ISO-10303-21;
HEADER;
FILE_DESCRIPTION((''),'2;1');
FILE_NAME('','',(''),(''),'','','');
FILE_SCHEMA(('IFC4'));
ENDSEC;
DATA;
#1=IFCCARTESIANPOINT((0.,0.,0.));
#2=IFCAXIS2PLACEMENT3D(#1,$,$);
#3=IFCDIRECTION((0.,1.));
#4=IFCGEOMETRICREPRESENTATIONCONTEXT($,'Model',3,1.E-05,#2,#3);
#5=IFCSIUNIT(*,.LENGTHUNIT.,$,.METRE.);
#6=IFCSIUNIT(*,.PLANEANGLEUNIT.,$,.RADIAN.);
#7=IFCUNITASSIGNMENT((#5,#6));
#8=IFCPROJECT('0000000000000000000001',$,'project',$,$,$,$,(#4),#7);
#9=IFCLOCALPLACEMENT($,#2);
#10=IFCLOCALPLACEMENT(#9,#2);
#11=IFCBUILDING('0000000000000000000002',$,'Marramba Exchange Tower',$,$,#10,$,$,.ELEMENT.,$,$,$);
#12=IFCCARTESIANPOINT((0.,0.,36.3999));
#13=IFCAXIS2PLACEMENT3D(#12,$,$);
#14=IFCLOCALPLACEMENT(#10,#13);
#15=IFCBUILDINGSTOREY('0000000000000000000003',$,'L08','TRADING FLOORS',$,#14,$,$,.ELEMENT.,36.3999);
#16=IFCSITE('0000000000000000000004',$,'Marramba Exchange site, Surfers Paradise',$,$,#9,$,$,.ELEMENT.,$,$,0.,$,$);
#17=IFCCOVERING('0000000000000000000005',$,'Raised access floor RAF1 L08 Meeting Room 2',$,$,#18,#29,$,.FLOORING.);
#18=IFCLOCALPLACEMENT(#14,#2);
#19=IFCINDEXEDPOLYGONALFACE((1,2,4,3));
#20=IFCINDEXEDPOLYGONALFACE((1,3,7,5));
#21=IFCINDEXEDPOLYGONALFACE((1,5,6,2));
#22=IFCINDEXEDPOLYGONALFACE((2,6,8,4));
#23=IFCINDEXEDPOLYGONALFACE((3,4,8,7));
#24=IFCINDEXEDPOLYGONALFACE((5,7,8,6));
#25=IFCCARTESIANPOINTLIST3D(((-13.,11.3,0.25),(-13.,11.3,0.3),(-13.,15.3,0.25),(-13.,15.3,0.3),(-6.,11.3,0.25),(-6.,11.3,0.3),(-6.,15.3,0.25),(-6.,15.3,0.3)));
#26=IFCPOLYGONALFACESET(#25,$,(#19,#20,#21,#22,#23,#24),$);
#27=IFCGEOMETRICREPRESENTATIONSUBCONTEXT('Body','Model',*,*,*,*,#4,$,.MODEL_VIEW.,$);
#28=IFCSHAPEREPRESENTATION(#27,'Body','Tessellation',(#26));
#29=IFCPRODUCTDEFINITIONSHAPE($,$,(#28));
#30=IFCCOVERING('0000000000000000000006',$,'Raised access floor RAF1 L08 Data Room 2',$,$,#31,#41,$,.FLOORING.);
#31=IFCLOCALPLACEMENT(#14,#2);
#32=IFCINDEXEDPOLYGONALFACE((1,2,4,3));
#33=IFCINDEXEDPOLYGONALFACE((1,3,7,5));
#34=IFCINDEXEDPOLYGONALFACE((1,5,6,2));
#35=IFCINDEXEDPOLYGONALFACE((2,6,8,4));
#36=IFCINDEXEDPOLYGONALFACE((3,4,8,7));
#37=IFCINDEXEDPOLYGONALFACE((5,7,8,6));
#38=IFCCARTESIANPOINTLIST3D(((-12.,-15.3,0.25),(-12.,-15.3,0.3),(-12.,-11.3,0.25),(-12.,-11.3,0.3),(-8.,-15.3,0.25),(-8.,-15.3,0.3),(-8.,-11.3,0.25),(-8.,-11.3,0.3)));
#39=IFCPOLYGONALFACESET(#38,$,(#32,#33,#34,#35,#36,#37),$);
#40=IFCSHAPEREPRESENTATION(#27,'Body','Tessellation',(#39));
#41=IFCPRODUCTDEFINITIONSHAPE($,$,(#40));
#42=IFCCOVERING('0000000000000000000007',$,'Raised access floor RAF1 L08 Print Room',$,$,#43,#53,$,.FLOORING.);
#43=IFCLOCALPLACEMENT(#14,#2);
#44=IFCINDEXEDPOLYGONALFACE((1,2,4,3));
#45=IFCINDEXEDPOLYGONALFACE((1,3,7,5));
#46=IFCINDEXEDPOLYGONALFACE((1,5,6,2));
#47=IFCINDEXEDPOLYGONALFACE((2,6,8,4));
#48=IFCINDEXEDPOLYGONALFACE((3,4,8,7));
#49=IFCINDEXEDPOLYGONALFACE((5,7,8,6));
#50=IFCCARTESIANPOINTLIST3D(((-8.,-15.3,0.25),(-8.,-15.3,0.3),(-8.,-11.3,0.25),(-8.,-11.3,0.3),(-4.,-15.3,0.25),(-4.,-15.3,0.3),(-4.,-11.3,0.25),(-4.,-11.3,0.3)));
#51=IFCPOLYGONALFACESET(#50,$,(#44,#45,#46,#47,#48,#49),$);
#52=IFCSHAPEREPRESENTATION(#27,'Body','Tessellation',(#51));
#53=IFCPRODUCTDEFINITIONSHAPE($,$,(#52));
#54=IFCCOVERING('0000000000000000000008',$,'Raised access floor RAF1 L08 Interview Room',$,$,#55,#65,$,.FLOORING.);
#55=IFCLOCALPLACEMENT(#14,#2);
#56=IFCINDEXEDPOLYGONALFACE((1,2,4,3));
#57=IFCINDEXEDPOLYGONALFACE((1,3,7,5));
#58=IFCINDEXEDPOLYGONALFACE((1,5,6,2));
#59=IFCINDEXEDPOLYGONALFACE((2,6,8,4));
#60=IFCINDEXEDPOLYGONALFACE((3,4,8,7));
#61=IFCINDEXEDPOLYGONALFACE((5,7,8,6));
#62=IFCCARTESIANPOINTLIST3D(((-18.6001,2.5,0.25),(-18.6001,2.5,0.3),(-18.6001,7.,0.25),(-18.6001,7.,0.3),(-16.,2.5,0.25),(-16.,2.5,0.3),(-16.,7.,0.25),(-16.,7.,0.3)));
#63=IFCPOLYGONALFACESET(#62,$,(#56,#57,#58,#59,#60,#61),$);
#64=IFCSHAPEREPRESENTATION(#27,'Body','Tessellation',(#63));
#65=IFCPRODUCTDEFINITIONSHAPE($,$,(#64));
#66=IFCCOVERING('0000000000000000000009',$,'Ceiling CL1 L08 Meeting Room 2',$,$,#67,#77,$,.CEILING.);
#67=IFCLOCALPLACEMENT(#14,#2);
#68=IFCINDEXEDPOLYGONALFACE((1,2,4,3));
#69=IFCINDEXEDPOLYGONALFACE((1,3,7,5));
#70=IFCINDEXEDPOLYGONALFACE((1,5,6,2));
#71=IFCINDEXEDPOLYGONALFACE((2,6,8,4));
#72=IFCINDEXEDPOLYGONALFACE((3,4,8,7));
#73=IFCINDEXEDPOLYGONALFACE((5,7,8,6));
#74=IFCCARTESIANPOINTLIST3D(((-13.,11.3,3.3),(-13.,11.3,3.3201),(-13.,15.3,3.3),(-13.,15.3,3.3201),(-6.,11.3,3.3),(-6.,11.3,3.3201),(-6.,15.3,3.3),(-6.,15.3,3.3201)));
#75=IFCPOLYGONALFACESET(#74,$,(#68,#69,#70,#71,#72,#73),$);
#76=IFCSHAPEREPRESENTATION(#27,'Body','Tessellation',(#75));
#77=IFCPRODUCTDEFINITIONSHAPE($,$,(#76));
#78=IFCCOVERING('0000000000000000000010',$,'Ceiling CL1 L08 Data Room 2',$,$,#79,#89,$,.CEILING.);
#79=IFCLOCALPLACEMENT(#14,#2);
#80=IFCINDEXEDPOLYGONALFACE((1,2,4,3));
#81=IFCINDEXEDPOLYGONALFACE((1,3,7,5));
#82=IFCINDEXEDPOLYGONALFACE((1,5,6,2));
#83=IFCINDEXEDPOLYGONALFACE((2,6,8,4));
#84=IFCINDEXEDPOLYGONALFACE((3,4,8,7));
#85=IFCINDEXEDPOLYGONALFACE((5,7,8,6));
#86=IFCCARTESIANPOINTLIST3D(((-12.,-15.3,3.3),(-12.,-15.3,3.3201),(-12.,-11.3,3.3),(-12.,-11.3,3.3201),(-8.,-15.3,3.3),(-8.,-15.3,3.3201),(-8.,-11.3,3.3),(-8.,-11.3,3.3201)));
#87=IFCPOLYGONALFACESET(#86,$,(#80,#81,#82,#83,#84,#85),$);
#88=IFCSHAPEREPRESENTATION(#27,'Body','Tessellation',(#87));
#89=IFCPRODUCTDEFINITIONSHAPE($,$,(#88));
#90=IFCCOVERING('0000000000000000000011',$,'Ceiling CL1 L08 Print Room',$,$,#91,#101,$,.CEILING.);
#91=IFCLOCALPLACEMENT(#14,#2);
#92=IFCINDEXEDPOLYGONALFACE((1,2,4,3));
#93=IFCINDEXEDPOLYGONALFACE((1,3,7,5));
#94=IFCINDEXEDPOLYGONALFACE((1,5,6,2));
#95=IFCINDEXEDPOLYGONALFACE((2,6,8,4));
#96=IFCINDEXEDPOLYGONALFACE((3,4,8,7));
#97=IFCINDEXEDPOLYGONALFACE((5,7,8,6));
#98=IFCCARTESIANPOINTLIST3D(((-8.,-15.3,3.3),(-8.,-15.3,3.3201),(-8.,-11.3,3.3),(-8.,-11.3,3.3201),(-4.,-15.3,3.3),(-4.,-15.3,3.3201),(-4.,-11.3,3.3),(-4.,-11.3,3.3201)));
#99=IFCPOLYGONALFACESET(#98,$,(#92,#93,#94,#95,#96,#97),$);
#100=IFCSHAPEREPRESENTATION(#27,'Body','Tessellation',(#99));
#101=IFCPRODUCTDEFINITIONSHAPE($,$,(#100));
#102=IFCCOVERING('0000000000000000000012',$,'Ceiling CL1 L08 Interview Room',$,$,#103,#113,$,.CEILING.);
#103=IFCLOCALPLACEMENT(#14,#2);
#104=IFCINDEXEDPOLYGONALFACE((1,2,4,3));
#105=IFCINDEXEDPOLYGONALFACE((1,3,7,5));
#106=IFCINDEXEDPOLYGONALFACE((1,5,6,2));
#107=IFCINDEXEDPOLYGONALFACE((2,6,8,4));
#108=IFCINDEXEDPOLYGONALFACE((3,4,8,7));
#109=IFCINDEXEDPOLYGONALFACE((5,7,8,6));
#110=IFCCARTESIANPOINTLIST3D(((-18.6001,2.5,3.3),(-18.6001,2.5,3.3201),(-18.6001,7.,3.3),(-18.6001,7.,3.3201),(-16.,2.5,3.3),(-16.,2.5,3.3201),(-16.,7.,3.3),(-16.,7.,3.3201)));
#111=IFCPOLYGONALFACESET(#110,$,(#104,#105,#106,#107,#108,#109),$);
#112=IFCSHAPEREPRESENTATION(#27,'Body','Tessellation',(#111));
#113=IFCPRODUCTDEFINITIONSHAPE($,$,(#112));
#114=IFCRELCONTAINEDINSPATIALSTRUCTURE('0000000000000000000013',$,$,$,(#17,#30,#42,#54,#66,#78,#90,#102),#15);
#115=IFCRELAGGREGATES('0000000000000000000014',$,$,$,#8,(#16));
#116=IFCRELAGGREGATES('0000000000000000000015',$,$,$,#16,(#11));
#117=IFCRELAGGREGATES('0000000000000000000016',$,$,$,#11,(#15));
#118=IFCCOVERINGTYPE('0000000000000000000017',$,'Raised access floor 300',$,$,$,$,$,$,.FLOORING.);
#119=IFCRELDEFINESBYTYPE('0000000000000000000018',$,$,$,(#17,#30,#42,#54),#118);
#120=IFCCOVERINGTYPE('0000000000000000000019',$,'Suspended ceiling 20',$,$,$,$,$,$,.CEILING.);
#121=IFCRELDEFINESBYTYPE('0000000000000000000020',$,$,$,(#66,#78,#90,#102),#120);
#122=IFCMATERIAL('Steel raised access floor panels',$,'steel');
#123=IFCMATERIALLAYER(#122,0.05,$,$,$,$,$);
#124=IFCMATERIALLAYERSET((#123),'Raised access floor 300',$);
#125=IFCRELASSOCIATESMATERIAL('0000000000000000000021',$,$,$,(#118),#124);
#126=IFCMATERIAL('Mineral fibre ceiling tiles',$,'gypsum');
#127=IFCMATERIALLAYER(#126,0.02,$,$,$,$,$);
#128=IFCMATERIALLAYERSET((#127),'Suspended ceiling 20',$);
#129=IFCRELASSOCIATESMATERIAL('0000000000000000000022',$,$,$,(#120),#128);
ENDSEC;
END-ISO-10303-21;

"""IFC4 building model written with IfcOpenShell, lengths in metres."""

from ifc_helpers import new_model, si_unit, direction, frame, origin, place, context, subcontext, project, spatial, polyline, outline, extrude, material, layer, layer_set, type_object, element, save


model = new_model("IFC4")

# Units and contexts
model_context = context("Model", 3, precision=1e-05, world=origin(), true_north=direction((0.0, 1.0)))
body_context = subcontext(model_context, "Body", "Model", "MODEL_VIEW")
ifc_project = project(units=[si_unit("LENGTHUNIT", "METRE"), si_unit("PLANEANGLEUNIT", "RADIAN")], contexts=[model_context])

# Site, building, storey
site_placement = place(None, origin())
site = spatial("IfcSite", under=ifc_project, at=site_placement, Name="Marramba Exchange site, Surfers Paradise", CompositionType="ELEMENT", RefElevation=0.0)
building_placement = place(site_placement, origin())
building = spatial("IfcBuilding", under=site, at=building_placement, Name="Marramba Exchange Tower", CompositionType="ELEMENT")
storey_placement = place(building_placement, frame((0.0, 0.0, 36.3999)))
storey = spatial("IfcBuildingStorey", under=building, at=storey_placement, Name="L08", Description="TRADING FLOORS", CompositionType="ELEMENT", Elevation=36.3999)

# Coverings
ifc_material_1 = material(Name="Steel raised access floor panels", Category="steel")
ifc_layer_1 = layer(ifc_material_1, 0.05)
ifc_layer_set_1 = layer_set([ifc_layer_1], Name="Raised access floor 300")
covering_type_1 = type_object("IfcCoveringType", Name="Raised access floor 300", PredefinedType="FLOORING", material=ifc_layer_set_1)
covering_1_placement = place(storey_placement, frame((0.0, 0.0, 0.25)))
element("IfcCovering", 1, at=covering_1_placement, inside=storey, type_object=covering_type_1, Name="Raised access floor RAF1 L08 Meeting Room 2", PredefinedType="FLOORING", context=body_context, shape_type="SweptSolid", body=[
    extrude(outline(polyline([(-6.0, 11.3), (-13.0, 11.3), (-13.0, 15.3), (-6.0, 15.3), (-6.0, 11.3)])), origin(), (0.0, 0.0, 1.0), 0.05),
])
covering_2_placement = place(storey_placement, frame((0.0, 0.0, 0.25)))
element("IfcCovering", 2, at=covering_2_placement, inside=storey, type_object=covering_type_1, Name="Raised access floor RAF1 L08 Data Room 2", PredefinedType="FLOORING", context=body_context, shape_type="SweptSolid", body=[
    extrude(outline(polyline([(-8.0, -15.3), (-12.0, -15.3), (-12.0, -11.3), (-8.0, -11.3), (-8.0, -15.3)])), origin(), (0.0, 0.0, 1.0), 0.05),
])
covering_3_placement = place(storey_placement, frame((0.0, 0.0, 0.25)))
element("IfcCovering", 3, at=covering_3_placement, inside=storey, type_object=covering_type_1, Name="Raised access floor RAF1 L08 Print Room", PredefinedType="FLOORING", context=body_context, shape_type="SweptSolid", body=[
    extrude(outline(polyline([(-4.0, -15.3), (-8.0, -15.3), (-8.0, -11.3), (-4.0, -11.3), (-4.0, -15.3)])), origin(), (0.0, 0.0, 1.0), 0.05),
])
covering_4_placement = place(storey_placement, frame((0.0, 0.0, 0.25)))
element("IfcCovering", 4, at=covering_4_placement, inside=storey, type_object=covering_type_1, Name="Raised access floor RAF1 L08 Interview Room", PredefinedType="FLOORING", context=body_context, shape_type="SweptSolid", body=[
    extrude(outline(polyline([(-16.0, 2.5), (-18.6001, 2.5), (-18.6001, 7.0), (-16.0, 7.0), (-16.0, 2.5)])), origin(), (0.0, 0.0, 1.0), 0.05),
])
ifc_material_2 = material(Name="Mineral fibre ceiling tiles", Category="gypsum")
ifc_layer_2 = layer(ifc_material_2, 0.02)
ifc_layer_set_2 = layer_set([ifc_layer_2], Name="Suspended ceiling 20")
covering_type_2 = type_object("IfcCoveringType", Name="Suspended ceiling 20", PredefinedType="CEILING", material=ifc_layer_set_2)
covering_5_placement = place(storey_placement, frame((0.0, 0.0, 3.3)))
element("IfcCovering", 5, at=covering_5_placement, inside=storey, type_object=covering_type_2, Name="Ceiling CL1 L08 Meeting Room 2", PredefinedType="CEILING", context=body_context, shape_type="SweptSolid", body=[
    extrude(outline(polyline([(-6.0, 11.3), (-13.0, 11.3), (-13.0, 15.3), (-6.0, 15.3), (-6.0, 11.3)])), origin(), (0.0, 0.0, 1.0), 0.02),
])
covering_6_placement = place(storey_placement, frame((0.0, 0.0, 3.3)))
element("IfcCovering", 6, at=covering_6_placement, inside=storey, type_object=covering_type_2, Name="Ceiling CL1 L08 Data Room 2", PredefinedType="CEILING", context=body_context, shape_type="SweptSolid", body=[
    extrude(outline(polyline([(-8.0, -15.3), (-12.0, -15.3), (-12.0, -11.3), (-8.0, -11.3), (-8.0, -15.3)])), origin(), (0.0, 0.0, 1.0), 0.02),
])
covering_7_placement = place(storey_placement, frame((0.0, 0.0, 3.3)))
element("IfcCovering", 7, at=covering_7_placement, inside=storey, type_object=covering_type_2, Name="Ceiling CL1 L08 Print Room", PredefinedType="CEILING", context=body_context, shape_type="SweptSolid", body=[
    extrude(outline(polyline([(-4.0, -15.3), (-8.0, -15.3), (-8.0, -11.3), (-4.0, -11.3), (-4.0, -15.3)])), origin(), (0.0, 0.0, 1.0), 0.02),
])
covering_8_placement = place(storey_placement, frame((0.0, 0.0, 3.3)))
element("IfcCovering", 8, at=covering_8_placement, inside=storey, type_object=covering_type_2, Name="Ceiling CL1 L08 Interview Room", PredefinedType="CEILING", context=body_context, shape_type="SweptSolid", body=[
    extrude(outline(polyline([(-16.0, 2.5), (-18.6001, 2.5), (-18.6001, 7.0), (-16.0, 7.0), (-16.0, 2.5)])), origin(), (0.0, 0.0, 1.0), 0.02),
])

save(model, "model.ifc")
